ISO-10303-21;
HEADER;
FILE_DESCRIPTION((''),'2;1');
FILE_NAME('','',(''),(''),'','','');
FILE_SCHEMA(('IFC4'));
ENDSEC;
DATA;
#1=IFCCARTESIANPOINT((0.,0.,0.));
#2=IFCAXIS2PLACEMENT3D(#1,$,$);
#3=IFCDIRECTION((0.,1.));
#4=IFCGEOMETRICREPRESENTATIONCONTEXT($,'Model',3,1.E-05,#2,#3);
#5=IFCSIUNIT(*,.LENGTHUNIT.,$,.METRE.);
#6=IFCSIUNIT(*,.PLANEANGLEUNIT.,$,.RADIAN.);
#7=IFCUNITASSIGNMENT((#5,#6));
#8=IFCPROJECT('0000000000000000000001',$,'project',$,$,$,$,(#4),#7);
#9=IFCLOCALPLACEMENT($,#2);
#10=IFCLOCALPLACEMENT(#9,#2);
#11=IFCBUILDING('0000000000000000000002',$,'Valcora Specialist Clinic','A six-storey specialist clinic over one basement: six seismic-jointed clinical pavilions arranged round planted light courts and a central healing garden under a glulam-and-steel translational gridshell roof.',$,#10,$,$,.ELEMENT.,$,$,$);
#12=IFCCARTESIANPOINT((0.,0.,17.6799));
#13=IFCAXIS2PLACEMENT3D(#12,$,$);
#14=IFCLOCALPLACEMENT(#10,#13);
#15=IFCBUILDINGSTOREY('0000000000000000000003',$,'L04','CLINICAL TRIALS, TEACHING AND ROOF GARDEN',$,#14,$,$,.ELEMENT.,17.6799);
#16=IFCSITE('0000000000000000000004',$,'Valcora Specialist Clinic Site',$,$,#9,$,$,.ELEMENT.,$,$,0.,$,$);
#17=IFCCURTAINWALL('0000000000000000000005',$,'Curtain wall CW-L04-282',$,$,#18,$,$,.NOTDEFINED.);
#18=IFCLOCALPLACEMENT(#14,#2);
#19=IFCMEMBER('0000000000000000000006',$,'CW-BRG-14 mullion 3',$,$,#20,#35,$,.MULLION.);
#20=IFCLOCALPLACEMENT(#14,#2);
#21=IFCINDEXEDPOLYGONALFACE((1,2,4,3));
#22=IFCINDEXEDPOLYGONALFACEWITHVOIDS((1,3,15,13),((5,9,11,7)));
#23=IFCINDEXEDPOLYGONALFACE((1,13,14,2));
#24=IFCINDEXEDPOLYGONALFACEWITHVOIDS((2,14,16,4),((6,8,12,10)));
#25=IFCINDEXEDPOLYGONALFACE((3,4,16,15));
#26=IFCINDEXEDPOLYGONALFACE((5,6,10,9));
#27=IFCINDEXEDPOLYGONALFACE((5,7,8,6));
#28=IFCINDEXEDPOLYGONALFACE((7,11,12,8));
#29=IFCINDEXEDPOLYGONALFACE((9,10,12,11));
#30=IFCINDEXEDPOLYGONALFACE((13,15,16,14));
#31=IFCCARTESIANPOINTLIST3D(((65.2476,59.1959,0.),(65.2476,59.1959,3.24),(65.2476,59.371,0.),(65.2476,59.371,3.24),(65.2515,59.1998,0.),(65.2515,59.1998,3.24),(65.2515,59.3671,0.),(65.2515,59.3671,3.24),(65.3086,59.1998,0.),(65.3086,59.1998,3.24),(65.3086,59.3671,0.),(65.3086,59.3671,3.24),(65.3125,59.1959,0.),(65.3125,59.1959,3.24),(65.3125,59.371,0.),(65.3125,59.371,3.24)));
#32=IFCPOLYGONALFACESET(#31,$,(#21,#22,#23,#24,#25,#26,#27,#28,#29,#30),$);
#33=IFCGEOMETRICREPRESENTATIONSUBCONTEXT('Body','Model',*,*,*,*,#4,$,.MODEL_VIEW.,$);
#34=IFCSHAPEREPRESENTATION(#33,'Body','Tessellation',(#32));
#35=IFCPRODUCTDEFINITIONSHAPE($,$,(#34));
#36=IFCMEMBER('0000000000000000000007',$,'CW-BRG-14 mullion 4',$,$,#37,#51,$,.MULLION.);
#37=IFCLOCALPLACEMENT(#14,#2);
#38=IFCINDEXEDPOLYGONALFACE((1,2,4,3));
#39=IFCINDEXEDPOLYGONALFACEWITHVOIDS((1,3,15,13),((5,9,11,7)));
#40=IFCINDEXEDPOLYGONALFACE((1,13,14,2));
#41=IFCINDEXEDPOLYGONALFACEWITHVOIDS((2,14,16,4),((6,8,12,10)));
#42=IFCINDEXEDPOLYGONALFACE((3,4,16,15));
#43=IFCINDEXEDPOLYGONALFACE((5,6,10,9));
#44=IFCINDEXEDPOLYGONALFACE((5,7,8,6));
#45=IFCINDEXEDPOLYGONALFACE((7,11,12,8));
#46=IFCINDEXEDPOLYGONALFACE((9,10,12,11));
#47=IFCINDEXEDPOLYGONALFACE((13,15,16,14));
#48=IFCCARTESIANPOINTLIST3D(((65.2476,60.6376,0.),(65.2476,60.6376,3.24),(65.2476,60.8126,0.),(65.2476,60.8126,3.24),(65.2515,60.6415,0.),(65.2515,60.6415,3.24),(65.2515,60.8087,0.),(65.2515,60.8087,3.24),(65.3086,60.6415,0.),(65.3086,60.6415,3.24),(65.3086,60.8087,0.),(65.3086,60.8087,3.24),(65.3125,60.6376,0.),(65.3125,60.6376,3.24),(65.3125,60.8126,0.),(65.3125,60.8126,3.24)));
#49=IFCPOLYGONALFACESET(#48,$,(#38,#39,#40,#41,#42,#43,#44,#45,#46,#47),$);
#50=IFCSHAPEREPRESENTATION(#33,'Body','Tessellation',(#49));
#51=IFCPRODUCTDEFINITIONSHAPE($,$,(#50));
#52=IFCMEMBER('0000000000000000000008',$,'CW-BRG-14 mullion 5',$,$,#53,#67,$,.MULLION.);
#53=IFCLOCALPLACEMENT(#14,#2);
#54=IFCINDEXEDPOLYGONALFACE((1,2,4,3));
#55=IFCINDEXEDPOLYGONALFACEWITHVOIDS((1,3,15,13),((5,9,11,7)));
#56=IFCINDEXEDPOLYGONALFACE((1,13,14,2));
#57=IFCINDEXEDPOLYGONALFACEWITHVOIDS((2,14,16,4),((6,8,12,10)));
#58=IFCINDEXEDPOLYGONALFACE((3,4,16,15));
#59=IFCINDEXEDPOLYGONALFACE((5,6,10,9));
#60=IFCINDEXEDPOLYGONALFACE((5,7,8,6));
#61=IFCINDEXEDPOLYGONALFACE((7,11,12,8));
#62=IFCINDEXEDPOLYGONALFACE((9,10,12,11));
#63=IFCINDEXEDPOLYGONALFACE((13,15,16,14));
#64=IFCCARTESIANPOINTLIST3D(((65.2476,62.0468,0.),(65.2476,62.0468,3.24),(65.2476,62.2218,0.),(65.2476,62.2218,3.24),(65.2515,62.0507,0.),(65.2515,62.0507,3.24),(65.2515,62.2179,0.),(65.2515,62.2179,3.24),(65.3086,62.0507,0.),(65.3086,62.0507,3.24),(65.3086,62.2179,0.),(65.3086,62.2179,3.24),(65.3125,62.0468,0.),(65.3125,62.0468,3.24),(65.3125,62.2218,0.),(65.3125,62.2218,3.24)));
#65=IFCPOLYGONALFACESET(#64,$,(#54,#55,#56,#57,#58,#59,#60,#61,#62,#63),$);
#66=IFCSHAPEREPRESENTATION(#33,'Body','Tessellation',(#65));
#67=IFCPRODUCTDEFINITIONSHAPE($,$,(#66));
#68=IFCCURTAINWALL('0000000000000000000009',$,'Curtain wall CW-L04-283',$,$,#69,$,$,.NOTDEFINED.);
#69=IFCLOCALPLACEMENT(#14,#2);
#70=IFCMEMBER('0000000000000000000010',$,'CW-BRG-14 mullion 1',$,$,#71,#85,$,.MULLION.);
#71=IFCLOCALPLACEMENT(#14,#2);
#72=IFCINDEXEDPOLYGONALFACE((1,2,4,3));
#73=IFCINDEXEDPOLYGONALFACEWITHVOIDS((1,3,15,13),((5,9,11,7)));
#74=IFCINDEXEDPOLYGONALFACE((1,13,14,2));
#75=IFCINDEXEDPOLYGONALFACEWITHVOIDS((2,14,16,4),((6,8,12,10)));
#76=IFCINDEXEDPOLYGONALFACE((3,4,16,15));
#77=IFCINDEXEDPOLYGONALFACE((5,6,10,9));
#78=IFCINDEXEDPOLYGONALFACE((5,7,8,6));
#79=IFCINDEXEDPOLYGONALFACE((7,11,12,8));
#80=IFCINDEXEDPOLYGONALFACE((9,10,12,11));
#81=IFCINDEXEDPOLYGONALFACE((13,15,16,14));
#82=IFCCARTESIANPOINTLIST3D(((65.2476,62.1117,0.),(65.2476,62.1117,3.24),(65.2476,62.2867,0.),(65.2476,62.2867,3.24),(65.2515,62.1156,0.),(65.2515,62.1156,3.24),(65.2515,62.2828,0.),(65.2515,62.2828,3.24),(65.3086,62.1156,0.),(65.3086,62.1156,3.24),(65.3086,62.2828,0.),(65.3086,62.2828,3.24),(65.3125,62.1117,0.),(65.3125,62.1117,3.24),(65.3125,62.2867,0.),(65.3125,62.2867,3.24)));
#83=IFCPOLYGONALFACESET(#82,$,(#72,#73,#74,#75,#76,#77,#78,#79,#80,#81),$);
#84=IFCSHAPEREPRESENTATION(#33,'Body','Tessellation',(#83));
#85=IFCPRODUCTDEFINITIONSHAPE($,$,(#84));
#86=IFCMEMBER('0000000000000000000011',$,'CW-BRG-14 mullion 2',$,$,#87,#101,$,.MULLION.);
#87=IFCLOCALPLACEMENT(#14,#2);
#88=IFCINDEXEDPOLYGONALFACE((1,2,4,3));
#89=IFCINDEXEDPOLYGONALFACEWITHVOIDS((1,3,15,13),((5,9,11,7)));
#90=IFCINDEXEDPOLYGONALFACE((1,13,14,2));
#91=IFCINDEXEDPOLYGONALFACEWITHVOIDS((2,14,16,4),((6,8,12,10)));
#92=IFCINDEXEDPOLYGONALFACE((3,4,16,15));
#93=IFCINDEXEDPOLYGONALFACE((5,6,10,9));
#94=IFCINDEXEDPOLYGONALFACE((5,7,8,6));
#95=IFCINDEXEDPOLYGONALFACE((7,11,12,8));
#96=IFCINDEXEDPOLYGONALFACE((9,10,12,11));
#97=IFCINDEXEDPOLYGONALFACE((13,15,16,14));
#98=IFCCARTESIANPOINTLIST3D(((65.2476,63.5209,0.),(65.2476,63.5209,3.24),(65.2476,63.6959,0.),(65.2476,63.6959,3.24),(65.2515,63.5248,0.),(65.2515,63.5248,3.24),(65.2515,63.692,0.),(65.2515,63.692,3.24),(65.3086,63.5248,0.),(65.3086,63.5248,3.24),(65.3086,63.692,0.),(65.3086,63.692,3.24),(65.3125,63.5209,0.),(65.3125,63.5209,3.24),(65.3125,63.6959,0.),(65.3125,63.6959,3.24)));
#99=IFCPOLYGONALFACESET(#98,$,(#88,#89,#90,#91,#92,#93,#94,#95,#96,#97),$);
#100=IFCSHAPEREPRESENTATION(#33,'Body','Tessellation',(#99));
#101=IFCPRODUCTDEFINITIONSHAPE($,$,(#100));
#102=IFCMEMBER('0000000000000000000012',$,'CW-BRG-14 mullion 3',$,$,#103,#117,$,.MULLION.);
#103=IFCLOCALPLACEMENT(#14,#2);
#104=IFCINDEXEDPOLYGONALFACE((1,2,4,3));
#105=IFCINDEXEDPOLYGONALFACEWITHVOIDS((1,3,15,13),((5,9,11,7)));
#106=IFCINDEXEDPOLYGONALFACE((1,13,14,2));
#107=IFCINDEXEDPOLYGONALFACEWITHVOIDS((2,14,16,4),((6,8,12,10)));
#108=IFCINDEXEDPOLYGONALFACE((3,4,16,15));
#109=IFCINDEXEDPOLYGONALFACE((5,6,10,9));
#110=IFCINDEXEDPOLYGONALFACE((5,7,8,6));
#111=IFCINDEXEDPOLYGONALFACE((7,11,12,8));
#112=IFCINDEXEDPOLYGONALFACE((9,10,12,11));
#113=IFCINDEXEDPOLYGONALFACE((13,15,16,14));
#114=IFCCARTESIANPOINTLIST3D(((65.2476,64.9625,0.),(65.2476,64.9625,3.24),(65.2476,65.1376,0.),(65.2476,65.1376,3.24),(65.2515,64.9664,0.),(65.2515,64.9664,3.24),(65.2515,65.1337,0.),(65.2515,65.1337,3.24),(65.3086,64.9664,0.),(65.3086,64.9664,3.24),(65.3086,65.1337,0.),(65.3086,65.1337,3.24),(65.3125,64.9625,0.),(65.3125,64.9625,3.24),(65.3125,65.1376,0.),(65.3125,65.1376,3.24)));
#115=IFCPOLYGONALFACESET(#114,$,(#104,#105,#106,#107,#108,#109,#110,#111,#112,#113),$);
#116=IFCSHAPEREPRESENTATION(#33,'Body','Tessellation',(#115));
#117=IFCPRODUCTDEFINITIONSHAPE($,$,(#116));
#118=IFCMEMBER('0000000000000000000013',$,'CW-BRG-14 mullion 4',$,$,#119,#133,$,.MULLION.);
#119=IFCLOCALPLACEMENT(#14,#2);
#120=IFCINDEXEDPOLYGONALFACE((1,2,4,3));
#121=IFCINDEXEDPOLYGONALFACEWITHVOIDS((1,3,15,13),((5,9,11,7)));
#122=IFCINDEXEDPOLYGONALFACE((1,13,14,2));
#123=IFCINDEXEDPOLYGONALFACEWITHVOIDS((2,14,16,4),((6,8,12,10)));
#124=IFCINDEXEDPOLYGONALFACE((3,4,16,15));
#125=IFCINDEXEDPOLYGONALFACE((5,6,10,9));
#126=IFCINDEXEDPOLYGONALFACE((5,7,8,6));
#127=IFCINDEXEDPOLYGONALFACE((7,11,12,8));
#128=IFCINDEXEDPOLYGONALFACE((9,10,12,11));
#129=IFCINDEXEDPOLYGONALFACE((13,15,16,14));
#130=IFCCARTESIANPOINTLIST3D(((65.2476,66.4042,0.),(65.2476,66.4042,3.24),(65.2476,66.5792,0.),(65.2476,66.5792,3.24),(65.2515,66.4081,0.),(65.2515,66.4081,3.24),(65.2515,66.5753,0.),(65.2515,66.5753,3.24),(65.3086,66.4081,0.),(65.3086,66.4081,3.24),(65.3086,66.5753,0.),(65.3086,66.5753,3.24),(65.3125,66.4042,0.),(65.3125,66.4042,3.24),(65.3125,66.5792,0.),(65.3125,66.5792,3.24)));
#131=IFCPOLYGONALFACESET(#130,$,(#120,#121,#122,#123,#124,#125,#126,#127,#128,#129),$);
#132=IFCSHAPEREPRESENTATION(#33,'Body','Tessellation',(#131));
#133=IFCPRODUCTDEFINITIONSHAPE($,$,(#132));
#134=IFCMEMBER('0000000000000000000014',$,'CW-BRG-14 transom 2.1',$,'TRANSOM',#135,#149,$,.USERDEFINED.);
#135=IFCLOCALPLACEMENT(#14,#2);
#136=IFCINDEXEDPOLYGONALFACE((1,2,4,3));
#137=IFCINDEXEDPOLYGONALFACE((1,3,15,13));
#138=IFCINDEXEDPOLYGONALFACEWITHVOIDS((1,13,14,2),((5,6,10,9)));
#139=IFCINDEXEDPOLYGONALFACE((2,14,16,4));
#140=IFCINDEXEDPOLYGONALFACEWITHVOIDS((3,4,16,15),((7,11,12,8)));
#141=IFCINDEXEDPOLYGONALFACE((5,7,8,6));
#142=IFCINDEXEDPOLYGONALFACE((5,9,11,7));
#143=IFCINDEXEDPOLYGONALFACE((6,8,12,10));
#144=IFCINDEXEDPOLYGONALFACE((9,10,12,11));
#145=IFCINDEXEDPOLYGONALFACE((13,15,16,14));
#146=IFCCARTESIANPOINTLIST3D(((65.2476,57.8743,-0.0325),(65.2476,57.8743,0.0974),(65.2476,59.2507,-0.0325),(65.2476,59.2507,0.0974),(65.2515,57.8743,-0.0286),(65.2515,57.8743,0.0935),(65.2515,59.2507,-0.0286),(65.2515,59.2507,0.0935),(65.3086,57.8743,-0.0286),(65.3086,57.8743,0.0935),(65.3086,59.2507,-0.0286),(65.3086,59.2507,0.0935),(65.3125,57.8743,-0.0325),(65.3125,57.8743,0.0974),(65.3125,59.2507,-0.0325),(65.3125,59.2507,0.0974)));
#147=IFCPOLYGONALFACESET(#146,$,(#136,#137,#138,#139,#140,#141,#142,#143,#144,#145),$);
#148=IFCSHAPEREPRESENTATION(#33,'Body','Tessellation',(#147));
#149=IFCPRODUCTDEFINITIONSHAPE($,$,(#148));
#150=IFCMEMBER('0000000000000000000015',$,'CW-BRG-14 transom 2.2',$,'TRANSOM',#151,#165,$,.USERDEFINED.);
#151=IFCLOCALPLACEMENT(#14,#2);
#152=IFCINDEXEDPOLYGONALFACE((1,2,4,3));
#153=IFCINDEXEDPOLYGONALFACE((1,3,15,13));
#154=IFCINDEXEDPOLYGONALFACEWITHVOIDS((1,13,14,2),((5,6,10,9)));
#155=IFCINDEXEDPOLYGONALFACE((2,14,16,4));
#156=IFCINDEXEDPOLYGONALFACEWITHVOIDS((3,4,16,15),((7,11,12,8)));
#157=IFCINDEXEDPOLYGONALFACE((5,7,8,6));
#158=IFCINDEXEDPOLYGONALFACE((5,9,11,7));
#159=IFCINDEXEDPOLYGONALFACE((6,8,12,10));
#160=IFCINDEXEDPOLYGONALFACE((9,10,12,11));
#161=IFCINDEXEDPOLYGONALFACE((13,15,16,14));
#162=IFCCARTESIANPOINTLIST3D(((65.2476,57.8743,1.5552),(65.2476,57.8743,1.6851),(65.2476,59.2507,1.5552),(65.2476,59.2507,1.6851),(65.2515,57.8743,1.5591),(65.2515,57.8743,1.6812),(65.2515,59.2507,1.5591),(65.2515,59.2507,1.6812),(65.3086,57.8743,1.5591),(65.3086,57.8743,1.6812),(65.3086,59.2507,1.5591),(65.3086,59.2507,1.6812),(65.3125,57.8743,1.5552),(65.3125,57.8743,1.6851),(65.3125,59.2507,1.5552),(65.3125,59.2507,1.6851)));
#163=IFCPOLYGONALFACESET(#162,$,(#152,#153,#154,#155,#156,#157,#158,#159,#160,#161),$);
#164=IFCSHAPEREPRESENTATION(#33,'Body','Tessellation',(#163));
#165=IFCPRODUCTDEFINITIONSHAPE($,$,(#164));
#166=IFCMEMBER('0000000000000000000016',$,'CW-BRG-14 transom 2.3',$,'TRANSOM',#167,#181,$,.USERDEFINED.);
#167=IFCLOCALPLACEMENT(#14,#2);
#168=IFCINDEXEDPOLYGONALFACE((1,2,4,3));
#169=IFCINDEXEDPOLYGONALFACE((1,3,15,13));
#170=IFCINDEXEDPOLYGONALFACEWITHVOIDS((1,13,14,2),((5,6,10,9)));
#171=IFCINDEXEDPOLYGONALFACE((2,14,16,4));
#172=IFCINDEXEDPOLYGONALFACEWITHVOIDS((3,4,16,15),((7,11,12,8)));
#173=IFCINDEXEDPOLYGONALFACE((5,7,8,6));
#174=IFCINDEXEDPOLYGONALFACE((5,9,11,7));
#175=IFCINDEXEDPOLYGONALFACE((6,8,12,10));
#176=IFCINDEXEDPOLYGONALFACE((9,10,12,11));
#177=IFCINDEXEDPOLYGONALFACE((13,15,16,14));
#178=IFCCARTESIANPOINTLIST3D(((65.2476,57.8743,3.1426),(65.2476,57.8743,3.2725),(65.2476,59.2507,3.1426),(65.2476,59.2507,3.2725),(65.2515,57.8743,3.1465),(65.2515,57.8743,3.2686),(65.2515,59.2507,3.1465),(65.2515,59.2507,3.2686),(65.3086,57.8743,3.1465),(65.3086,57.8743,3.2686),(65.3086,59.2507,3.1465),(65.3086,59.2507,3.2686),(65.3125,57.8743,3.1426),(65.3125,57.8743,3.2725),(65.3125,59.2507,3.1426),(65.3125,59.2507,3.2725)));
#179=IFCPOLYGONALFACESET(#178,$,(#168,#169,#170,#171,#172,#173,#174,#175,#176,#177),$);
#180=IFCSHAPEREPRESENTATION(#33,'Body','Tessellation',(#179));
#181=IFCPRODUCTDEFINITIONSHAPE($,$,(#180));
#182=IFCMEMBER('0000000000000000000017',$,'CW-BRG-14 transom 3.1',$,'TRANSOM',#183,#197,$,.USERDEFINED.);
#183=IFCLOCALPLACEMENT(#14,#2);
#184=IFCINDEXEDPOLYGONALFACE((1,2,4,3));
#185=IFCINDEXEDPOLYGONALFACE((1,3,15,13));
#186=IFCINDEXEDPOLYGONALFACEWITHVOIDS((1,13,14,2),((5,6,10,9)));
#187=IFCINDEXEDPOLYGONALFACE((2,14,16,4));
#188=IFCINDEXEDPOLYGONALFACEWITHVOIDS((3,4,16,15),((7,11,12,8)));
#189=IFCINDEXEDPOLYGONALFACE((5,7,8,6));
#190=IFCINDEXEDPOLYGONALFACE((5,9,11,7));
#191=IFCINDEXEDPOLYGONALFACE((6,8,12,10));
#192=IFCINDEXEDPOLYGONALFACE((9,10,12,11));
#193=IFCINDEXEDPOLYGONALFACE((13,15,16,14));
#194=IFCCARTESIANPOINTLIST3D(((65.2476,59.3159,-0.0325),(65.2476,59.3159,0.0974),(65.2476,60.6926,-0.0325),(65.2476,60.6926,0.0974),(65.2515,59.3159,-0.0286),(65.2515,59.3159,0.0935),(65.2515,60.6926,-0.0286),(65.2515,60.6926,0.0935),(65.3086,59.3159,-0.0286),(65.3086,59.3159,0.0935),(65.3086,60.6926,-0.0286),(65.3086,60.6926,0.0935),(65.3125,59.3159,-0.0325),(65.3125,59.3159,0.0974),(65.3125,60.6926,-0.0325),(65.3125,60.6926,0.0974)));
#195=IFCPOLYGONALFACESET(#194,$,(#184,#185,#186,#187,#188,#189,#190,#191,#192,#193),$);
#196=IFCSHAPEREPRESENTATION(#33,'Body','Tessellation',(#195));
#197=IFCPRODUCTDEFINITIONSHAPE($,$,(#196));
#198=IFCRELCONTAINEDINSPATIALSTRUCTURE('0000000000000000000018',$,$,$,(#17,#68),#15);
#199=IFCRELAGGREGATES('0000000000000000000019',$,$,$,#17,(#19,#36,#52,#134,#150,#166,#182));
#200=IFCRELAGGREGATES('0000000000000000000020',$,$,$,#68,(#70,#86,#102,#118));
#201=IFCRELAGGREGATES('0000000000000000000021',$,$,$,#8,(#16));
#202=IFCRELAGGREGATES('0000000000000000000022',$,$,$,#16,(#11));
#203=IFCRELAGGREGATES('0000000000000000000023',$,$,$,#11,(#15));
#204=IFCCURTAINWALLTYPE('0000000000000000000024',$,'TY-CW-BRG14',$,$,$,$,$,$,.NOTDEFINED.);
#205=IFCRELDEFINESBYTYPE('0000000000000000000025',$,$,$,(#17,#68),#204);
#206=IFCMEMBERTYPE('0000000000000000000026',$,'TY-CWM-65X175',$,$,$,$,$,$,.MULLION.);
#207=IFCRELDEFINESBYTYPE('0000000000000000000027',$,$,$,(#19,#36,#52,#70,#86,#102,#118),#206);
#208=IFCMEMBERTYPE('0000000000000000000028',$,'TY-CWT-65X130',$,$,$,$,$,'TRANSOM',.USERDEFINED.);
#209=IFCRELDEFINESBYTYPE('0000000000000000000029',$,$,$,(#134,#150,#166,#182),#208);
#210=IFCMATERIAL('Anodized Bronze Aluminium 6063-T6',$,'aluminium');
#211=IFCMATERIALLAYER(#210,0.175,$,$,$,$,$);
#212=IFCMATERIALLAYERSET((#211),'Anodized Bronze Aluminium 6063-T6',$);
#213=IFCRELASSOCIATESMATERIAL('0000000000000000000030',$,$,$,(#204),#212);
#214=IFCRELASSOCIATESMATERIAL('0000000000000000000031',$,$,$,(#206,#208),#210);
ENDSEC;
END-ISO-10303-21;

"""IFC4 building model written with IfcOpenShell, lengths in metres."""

from ifc_helpers import new_model, si_unit, direction, frame, origin, origin_2d, place, context, subcontext, project, spatial, hollow_rectangle, extrude, material, layer, layer_set, material_profile, profile_set, type_object, element, aggregate, save


model = new_model("IFC4")

# Units and contexts
model_context = context("Model", 3, precision=1e-05, world=origin(), true_north=direction((0.0, 1.0)))
body_context = subcontext(model_context, "Body", "Model", "MODEL_VIEW")
ifc_project = project(units=[si_unit("LENGTHUNIT", "METRE"), si_unit("PLANEANGLEUNIT", "RADIAN")], contexts=[model_context])

# Site, building, storey
site_placement = place(None, origin())
site = spatial("IfcSite", under=ifc_project, at=site_placement, Name="Valcora Specialist Clinic Site", CompositionType="ELEMENT", RefElevation=0.0)
building_placement = place(site_placement, origin())
building = spatial("IfcBuilding", under=site, at=building_placement, Name="Valcora Specialist Clinic", Description="A six-storey specialist clinic over one basement: six seismic-jointed clinical pavilions arranged round planted light courts and a central healing garden under a glulam-and-steel translational gridshell roof.", CompositionType="ELEMENT")
storey_placement = place(building_placement, frame((0.0, 0.0, 17.6799)))
storey = spatial("IfcBuildingStorey", under=building, at=storey_placement, Name="L04", Description="CLINICAL TRIALS, TEACHING AND ROOF GARDEN", CompositionType="ELEMENT", Elevation=17.6799)

# Curtain walls, members
ifc_material_1 = material(Name="Anodized Bronze Aluminium 6063-T6", Category="aluminium")
ifc_layer_1 = layer(ifc_material_1, 0.175)
ifc_layer_set_1 = layer_set([ifc_layer_1], Name="Anodized Bronze Aluminium 6063-T6")
curtain_wall_type = type_object("IfcCurtainWallType", Name="TY-CW-BRG14", PredefinedType="NOTDEFINED", material=ifc_layer_set_1)
curtain_wall_1_placement = place(storey_placement, origin())
curtain_wall_1 = element("IfcCurtainWall", 1, at=curtain_wall_1_placement, inside=storey, type_object=curtain_wall_type, Name="Curtain wall CW-L04-282", PredefinedType="NOTDEFINED")
ifc_material_profile_1 = material_profile(ifc_material_1, hollow_rectangle(XDim=0.0649, YDim=0.175, WallThickness=0.0039, at=origin_2d()), Name="AL-MUL-65X175")
ifc_profile_set_1 = profile_set([ifc_material_profile_1], Name="Anodized Bronze Aluminium 6063-T6")
member_type_1 = type_object("IfcMemberType", Name="TY-CWM-65X175", PredefinedType="MULLION", material=ifc_profile_set_1)
member_1_placement = place(storey_placement, frame((65.28, 59.2834, 0.0), z_axis=(0.0, 0.0, 1.0), x_axis=(-1.0, 0.0, 0.0)))
member_1 = element("IfcMember", 2, at=member_1_placement, type_object=member_type_1, Name="CW-BRG-14 mullion 3", PredefinedType="MULLION", context=body_context, shape_type="SweptSolid", body=[
    extrude(hollow_rectangle(XDim=0.0649, YDim=0.175, WallThickness=0.0039, at=origin_2d()), origin(), (0.0, 0.0, 1.0), 3.24),
])
member_2_placement = place(storey_placement, frame((65.28, 60.7251, 0.0), z_axis=(0.0, 0.0, 1.0), x_axis=(-1.0, 0.0, 0.0)))
member_2 = element("IfcMember", 3, at=member_2_placement, type_object=member_type_1, Name="CW-BRG-14 mullion 4", PredefinedType="MULLION", context=body_context, shape_type="SweptSolid", body=[
    extrude(hollow_rectangle(XDim=0.0649, YDim=0.175, WallThickness=0.0039, at=origin_2d()), origin(), (0.0, 0.0, 1.0), 3.24),
])
member_3_placement = place(storey_placement, frame((65.28, 62.1343, 0.0), z_axis=(0.0, 0.0, 1.0), x_axis=(-1.0, 0.0, 0.0)))
member_3 = element("IfcMember", 4, at=member_3_placement, type_object=member_type_1, Name="CW-BRG-14 mullion 5", PredefinedType="MULLION", context=body_context, shape_type="SweptSolid", body=[
    extrude(hollow_rectangle(XDim=0.0649, YDim=0.175, WallThickness=0.0039, at=origin_2d()), origin(), (0.0, 0.0, 1.0), 3.24),
])
curtain_wall_2_placement = place(storey_placement, origin())
curtain_wall_2 = element("IfcCurtainWall", 5, at=curtain_wall_2_placement, inside=storey, type_object=curtain_wall_type, Name="Curtain wall CW-L04-283", PredefinedType="NOTDEFINED")
member_4_placement = place(storey_placement, frame((65.28, 62.1992, 0.0), z_axis=(0.0, 0.0, 1.0), x_axis=(-1.0, 0.0, 0.0)))
member_4 = element("IfcMember", 6, at=member_4_placement, type_object=member_type_1, Name="CW-BRG-14 mullion 1", PredefinedType="MULLION", context=body_context, shape_type="SweptSolid", body=[
    extrude(hollow_rectangle(XDim=0.0649, YDim=0.175, WallThickness=0.0039, at=origin_2d()), origin(), (0.0, 0.0, 1.0), 3.24),
])
member_5_placement = place(storey_placement, frame((65.28, 63.6084, 0.0), z_axis=(0.0, 0.0, 1.0), x_axis=(-1.0, 0.0, 0.0)))
member_5 = element("IfcMember", 7, at=member_5_placement, type_object=member_type_1, Name="CW-BRG-14 mullion 2", PredefinedType="MULLION", context=body_context, shape_type="SweptSolid", body=[
    extrude(hollow_rectangle(XDim=0.0649, YDim=0.175, WallThickness=0.0039, at=origin_2d()), origin(), (0.0, 0.0, 1.0), 3.24),
])
member_6_placement = place(storey_placement, frame((65.28, 65.05, 0.0), z_axis=(0.0, 0.0, 1.0), x_axis=(-1.0, 0.0, 0.0)))
member_6 = element("IfcMember", 8, at=member_6_placement, type_object=member_type_1, Name="CW-BRG-14 mullion 3", PredefinedType="MULLION", context=body_context, shape_type="SweptSolid", body=[
    extrude(hollow_rectangle(XDim=0.0649, YDim=0.175, WallThickness=0.0039, at=origin_2d()), origin(), (0.0, 0.0, 1.0), 3.24),
])
member_7_placement = place(storey_placement, frame((65.28, 66.4917, 0.0), z_axis=(0.0, 0.0, 1.0), x_axis=(-1.0, 0.0, 0.0)))
member_7 = element("IfcMember", 9, at=member_7_placement, type_object=member_type_1, Name="CW-BRG-14 mullion 4", PredefinedType="MULLION", context=body_context, shape_type="SweptSolid", body=[
    extrude(hollow_rectangle(XDim=0.0649, YDim=0.175, WallThickness=0.0039, at=origin_2d()), origin(), (0.0, 0.0, 1.0), 3.24),
])

# Members
ifc_material_profile_2 = material_profile(ifc_material_1, hollow_rectangle(XDim=0.0649, YDim=0.1299, WallThickness=0.0039, at=origin_2d()), Name="AL-TRN-65X130")
ifc_profile_set_2 = profile_set([ifc_material_profile_2], Name="Anodized Bronze Aluminium 6063-T6")
member_type_2 = type_object("IfcMemberType", Name="TY-CWT-65X130", ElementType="TRANSOM", PredefinedType="USERDEFINED", material=ifc_profile_set_2)
member_8_placement = place(storey_placement, frame((65.28, 57.8743, 0.0325), z_axis=(0.0, 1.0, 0.0), x_axis=(-1.0, 0.0, 0.0)))
member_8 = element("IfcMember", 10, at=member_8_placement, type_object=member_type_2, Name="CW-BRG-14 transom 2.1", ObjectType="TRANSOM", PredefinedType="USERDEFINED", context=body_context, shape_type="SweptSolid", body=[
    extrude(hollow_rectangle(XDim=0.0649, YDim=0.1299, WallThickness=0.0039, at=origin_2d()), origin(), (0.0, 0.0, 1.0), 1.3765),
])
member_9_placement = place(storey_placement, frame((65.28, 57.8743, 1.6201), z_axis=(0.0, 1.0, 0.0), x_axis=(-1.0, 0.0, 0.0)))
member_9 = element("IfcMember", 11, at=member_9_placement, type_object=member_type_2, Name="CW-BRG-14 transom 2.2", ObjectType="TRANSOM", PredefinedType="USERDEFINED", context=body_context, shape_type="SweptSolid", body=[
    extrude(hollow_rectangle(XDim=0.0649, YDim=0.1299, WallThickness=0.0039, at=origin_2d()), origin(), (0.0, 0.0, 1.0), 1.3765),
])
member_10_placement = place(storey_placement, frame((65.28, 57.8743, 3.2075), z_axis=(0.0, 1.0, 0.0), x_axis=(-1.0, 0.0, 0.0)))
member_10 = element("IfcMember", 12, at=member_10_placement, type_object=member_type_2, Name="CW-BRG-14 transom 2.3", ObjectType="TRANSOM", PredefinedType="USERDEFINED", context=body_context, shape_type="SweptSolid", body=[
    extrude(hollow_rectangle(XDim=0.0649, YDim=0.1299, WallThickness=0.0039, at=origin_2d()), origin(), (0.0, 0.0, 1.0), 1.3765),
])
member_11_placement = place(storey_placement, frame((65.28, 59.3159, 0.0325), z_axis=(0.0, 1.0, 0.0), x_axis=(-1.0, 0.0, 0.0)))
member_11 = element("IfcMember", 13, at=member_11_placement, type_object=member_type_2, Name="CW-BRG-14 transom 3.1", ObjectType="TRANSOM", PredefinedType="USERDEFINED", context=body_context, shape_type="SweptSolid", body=[
    extrude(hollow_rectangle(XDim=0.0649, YDim=0.1299, WallThickness=0.0039, at=origin_2d()), origin(), (0.0, 0.0, 1.0), 1.3767),
])

aggregate(curtain_wall_1, [member_1, member_2, member_3, member_8, member_9, member_10, member_11])
aggregate(curtain_wall_2, [member_4, member_5, member_6, member_7])

save(model, "model.ifc")
